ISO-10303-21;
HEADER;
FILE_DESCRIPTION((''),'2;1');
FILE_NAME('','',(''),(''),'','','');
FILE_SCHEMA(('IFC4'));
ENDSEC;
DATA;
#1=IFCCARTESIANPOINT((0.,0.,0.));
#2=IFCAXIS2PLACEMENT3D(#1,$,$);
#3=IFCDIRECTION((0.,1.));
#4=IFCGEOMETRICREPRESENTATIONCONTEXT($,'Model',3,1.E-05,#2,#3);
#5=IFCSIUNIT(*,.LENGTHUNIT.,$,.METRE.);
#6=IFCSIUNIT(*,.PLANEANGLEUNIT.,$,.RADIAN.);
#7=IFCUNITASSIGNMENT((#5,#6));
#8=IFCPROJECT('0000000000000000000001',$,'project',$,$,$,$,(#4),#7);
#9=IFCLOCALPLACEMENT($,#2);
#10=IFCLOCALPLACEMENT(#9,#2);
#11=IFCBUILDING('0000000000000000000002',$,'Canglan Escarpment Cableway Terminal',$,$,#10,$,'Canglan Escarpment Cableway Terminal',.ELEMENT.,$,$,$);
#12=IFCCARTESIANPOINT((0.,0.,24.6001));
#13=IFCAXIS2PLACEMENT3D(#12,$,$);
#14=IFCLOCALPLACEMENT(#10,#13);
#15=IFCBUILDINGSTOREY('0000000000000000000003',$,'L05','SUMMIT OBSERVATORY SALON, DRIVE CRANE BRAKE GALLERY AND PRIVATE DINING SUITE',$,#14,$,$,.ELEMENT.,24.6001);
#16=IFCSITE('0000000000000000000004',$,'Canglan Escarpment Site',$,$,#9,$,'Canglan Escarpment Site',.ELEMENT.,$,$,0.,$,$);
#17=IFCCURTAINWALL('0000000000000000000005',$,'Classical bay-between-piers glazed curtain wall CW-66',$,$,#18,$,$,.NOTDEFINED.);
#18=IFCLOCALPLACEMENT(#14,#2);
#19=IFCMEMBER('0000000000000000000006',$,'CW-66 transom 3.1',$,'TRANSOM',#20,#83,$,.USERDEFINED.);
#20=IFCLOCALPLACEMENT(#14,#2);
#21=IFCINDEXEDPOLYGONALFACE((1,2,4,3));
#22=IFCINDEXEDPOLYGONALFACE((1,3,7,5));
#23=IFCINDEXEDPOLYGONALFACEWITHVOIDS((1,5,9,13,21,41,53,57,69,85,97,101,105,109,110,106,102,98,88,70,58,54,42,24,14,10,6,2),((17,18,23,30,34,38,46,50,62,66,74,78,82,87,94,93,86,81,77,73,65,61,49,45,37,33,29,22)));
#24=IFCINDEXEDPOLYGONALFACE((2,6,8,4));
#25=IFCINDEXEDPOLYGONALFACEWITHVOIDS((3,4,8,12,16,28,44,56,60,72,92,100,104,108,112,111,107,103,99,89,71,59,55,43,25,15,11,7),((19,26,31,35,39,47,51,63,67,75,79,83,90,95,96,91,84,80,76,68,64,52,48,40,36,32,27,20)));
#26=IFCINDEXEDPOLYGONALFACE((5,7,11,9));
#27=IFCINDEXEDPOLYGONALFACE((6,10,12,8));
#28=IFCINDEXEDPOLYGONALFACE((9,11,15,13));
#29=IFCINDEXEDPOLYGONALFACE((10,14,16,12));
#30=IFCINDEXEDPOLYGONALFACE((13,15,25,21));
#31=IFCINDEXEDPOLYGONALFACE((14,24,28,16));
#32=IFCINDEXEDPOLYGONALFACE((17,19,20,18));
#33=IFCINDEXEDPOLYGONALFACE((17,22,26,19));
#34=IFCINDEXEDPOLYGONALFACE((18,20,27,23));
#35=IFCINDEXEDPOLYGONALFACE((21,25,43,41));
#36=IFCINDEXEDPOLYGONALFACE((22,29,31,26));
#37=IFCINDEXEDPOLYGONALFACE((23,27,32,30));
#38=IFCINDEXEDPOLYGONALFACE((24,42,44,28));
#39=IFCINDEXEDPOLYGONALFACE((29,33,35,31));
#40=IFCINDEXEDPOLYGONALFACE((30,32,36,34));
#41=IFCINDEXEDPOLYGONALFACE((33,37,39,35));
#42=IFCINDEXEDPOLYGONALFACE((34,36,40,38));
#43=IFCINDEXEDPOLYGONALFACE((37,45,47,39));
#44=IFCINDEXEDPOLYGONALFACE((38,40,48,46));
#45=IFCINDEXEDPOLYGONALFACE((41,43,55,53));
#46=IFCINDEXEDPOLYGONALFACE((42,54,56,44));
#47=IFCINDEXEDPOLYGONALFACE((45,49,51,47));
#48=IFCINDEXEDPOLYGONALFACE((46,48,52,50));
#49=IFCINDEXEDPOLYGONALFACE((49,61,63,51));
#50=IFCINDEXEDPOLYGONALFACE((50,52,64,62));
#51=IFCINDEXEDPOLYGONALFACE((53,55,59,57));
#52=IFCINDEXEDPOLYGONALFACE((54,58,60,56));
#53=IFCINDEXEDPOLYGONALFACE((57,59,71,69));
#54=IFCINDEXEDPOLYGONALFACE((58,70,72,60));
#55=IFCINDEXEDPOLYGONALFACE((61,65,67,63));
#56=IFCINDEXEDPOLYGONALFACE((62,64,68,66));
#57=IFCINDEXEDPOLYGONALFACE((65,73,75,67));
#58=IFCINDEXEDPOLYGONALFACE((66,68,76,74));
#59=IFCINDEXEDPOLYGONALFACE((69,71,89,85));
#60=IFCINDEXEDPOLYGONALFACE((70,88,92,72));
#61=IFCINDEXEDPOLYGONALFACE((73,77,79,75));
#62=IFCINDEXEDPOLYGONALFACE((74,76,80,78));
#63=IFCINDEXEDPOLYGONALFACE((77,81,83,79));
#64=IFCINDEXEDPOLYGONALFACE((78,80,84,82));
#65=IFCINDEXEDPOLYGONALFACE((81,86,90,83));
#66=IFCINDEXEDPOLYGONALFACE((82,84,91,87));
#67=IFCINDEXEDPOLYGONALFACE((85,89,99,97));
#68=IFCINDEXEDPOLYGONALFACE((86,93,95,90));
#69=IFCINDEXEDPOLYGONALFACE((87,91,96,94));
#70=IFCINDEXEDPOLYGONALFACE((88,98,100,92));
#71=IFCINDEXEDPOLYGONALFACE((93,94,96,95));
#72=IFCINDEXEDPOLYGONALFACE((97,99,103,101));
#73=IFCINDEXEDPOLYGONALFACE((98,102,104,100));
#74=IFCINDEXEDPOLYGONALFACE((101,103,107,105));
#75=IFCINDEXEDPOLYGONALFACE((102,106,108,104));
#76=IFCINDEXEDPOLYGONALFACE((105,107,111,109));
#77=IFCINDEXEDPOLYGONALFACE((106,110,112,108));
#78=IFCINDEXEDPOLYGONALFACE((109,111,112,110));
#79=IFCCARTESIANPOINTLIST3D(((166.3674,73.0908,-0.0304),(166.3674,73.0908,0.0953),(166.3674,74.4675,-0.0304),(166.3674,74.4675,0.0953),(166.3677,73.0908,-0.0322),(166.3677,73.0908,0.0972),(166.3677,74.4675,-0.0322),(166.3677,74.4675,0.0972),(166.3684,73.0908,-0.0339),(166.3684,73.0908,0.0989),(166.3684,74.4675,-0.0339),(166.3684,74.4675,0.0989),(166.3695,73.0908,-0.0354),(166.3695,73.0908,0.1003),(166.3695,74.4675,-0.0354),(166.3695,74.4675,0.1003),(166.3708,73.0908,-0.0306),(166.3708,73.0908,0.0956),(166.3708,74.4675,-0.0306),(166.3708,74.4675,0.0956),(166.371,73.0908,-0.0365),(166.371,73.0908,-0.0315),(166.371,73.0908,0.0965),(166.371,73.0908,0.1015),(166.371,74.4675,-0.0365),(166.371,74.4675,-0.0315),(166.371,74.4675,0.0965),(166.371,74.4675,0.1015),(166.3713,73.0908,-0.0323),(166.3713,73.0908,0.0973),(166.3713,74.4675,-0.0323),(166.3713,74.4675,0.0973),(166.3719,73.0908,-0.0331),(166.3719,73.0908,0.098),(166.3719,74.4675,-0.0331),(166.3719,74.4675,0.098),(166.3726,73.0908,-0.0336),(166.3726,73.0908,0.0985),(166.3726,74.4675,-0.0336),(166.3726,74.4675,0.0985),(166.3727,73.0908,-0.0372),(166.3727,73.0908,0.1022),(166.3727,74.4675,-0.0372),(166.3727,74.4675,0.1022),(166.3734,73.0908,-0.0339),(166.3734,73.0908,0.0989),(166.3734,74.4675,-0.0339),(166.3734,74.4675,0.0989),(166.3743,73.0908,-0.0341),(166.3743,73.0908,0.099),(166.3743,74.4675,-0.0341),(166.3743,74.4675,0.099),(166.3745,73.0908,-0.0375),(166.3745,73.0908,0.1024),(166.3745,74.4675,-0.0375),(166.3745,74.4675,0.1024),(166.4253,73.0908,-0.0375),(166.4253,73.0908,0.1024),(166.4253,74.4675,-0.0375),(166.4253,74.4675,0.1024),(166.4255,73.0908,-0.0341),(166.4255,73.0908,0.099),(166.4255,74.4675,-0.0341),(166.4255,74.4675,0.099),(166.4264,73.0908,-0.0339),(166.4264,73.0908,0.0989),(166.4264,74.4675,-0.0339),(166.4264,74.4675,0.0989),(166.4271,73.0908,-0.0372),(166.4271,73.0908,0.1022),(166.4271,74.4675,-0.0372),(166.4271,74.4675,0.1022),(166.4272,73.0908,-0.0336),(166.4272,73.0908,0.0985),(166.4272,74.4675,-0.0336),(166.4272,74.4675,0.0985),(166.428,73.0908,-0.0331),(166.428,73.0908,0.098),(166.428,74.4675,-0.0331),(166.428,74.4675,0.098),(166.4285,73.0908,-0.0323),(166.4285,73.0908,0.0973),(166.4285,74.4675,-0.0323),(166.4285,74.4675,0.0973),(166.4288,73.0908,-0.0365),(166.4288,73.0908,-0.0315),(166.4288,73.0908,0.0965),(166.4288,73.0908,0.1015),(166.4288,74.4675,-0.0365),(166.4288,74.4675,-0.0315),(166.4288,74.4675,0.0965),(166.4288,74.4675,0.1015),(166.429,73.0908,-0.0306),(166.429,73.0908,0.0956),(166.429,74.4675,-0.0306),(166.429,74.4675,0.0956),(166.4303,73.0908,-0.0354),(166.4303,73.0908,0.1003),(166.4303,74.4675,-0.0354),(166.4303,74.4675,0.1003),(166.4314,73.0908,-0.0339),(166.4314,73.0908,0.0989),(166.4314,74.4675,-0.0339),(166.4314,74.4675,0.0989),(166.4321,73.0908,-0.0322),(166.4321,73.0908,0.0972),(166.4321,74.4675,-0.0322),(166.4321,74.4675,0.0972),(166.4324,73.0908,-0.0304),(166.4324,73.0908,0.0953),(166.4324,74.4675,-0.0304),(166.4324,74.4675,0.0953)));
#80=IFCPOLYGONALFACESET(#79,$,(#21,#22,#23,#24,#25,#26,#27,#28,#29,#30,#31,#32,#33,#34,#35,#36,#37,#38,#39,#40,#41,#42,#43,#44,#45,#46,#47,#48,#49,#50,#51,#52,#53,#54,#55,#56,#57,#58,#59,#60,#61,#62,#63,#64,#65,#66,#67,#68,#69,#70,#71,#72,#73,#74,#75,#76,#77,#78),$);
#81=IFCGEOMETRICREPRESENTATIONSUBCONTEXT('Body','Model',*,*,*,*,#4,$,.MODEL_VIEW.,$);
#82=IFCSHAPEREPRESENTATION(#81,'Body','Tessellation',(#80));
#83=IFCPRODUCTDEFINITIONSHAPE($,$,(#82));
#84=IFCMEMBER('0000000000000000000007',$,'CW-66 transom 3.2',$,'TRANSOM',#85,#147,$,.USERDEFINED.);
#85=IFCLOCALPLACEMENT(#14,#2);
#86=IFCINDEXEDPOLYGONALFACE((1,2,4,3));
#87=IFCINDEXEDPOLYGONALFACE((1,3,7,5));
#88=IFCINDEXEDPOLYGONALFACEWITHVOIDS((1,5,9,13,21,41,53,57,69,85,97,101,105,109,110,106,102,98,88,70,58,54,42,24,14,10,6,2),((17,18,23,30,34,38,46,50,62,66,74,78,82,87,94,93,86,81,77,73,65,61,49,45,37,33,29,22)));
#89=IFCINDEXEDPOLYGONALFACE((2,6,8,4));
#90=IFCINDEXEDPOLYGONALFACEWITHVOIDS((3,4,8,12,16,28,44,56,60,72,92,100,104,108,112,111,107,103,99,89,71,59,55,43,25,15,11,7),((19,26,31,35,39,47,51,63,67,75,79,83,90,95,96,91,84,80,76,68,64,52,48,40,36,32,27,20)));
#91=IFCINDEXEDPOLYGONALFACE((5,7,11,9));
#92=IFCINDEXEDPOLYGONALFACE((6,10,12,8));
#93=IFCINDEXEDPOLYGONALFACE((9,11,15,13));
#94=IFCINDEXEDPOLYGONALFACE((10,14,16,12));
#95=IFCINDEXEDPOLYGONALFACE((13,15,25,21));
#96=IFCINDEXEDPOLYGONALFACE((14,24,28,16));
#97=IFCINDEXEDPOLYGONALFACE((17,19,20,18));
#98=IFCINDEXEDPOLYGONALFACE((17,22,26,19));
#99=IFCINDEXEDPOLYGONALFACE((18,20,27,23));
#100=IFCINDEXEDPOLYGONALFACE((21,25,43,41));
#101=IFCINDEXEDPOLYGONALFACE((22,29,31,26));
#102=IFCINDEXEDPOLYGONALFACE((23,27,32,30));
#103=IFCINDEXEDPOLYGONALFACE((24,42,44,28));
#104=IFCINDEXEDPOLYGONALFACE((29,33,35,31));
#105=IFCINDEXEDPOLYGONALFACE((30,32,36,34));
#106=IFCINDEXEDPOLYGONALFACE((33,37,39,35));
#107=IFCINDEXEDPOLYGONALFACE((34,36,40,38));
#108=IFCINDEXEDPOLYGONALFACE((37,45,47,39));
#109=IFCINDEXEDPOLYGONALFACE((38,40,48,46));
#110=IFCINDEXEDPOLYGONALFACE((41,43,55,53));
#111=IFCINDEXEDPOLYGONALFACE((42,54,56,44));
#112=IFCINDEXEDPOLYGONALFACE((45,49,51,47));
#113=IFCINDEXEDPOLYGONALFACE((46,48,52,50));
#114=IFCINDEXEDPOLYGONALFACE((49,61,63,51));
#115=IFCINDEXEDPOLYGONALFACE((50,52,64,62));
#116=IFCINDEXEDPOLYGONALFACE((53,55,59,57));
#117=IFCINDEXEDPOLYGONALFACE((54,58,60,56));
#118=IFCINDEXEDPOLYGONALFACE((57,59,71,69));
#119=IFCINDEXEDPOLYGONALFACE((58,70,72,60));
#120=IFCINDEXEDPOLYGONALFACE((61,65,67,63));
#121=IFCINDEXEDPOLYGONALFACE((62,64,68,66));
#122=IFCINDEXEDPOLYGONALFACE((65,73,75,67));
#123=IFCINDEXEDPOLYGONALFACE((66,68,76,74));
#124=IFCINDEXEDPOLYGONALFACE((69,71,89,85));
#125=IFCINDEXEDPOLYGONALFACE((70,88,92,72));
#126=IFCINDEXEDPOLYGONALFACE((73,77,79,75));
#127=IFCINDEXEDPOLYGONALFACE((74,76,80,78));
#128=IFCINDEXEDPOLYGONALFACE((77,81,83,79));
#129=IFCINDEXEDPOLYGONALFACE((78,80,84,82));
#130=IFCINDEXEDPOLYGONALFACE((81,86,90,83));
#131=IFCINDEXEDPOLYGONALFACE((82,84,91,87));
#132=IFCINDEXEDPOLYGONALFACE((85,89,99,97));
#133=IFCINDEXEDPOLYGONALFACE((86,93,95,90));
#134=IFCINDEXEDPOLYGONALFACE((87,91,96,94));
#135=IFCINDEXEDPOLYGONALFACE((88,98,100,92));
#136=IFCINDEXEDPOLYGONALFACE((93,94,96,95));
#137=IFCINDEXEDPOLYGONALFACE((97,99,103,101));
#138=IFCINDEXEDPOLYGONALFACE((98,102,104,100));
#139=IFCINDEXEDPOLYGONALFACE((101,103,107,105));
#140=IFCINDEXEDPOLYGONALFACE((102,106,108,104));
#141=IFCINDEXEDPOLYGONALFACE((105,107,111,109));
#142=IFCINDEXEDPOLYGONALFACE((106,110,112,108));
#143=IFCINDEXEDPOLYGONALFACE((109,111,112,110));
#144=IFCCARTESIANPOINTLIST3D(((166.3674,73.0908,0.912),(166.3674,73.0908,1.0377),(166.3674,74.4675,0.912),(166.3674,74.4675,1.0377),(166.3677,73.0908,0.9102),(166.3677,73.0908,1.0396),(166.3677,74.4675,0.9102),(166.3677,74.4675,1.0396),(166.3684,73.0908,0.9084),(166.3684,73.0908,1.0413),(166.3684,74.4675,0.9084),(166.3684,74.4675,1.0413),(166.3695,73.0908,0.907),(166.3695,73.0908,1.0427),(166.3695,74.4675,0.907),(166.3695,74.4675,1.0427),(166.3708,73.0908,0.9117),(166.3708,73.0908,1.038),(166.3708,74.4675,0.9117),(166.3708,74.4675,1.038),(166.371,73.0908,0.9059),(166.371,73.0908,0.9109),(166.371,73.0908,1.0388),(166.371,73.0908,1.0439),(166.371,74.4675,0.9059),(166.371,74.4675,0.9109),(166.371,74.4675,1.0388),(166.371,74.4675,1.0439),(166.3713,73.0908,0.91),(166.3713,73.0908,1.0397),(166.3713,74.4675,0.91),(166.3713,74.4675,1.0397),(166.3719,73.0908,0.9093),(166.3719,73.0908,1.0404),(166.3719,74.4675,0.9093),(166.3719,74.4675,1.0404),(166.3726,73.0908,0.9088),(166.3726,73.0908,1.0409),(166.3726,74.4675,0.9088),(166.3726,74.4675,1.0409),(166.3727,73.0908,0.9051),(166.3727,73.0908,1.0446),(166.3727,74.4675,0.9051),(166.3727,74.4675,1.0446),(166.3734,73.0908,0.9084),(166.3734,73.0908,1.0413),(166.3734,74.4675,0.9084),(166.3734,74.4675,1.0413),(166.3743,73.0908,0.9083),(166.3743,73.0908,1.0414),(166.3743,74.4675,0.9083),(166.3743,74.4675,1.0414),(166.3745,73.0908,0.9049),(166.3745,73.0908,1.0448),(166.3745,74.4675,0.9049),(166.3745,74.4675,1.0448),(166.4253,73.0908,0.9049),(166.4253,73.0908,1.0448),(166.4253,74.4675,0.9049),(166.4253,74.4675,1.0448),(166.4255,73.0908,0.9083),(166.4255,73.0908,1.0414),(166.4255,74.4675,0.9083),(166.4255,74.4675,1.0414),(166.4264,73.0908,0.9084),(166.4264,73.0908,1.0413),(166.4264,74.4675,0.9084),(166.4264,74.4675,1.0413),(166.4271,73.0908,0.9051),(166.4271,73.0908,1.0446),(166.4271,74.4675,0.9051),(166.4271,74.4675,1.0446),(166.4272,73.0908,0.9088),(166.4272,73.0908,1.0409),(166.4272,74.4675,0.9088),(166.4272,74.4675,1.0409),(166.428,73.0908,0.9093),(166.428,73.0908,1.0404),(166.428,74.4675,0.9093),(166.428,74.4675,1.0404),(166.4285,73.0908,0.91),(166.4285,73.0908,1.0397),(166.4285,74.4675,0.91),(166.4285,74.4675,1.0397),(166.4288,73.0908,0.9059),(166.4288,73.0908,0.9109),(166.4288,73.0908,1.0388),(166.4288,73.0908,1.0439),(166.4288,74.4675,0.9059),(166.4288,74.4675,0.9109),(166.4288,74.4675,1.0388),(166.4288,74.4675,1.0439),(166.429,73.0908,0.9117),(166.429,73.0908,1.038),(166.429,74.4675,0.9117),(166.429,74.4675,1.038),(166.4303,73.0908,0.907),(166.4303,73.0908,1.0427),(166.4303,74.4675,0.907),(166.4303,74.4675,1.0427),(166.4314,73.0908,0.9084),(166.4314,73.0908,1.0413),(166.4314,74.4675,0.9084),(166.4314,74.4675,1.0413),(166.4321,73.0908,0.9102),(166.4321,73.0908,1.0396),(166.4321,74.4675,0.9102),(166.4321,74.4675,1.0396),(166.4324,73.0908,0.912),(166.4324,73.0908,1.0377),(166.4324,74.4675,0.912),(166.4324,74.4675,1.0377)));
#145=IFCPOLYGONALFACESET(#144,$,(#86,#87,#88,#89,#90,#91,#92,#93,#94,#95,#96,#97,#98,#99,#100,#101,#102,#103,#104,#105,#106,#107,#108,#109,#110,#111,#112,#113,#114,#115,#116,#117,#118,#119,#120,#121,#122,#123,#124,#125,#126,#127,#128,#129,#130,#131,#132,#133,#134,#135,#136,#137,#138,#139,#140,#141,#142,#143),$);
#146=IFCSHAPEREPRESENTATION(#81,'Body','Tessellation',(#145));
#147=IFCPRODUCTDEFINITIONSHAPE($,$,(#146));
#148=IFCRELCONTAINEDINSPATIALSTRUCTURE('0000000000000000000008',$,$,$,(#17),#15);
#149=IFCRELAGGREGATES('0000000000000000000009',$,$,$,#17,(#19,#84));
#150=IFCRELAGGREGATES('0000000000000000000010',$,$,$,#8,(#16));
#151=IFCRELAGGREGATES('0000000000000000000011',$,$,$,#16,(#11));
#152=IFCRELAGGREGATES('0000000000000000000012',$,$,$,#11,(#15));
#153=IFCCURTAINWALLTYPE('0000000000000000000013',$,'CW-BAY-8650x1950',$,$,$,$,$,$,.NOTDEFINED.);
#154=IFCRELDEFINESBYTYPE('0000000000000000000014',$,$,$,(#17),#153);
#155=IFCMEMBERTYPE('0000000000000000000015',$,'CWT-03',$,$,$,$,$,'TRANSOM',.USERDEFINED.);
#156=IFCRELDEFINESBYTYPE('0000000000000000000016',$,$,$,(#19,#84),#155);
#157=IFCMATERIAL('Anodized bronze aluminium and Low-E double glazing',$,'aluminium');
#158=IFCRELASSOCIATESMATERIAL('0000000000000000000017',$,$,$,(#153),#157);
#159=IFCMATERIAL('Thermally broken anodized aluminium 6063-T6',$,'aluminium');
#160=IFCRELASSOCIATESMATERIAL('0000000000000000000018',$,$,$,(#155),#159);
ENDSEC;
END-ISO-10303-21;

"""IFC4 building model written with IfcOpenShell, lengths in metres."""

from ifc_helpers import new_model, si_unit, direction, frame, origin, origin_2d, place, context, subcontext, project, spatial, hollow_rectangle, extrude, material, material_profile, profile_set, type_object, element, aggregate, save


model = new_model("IFC4")

# Units and contexts
model_context = context("Model", 3, precision=1e-05, world=origin(), true_north=direction((0.0, 1.0)))
body_context = subcontext(model_context, "Body", "Model", "MODEL_VIEW")
ifc_project = project(units=[si_unit("LENGTHUNIT", "METRE"), si_unit("PLANEANGLEUNIT", "RADIAN")], contexts=[model_context])

# Site, building, storey
site_placement = place(None, origin())
site = spatial("IfcSite", under=ifc_project, at=site_placement, Name="Canglan Escarpment Site", LongName="Canglan Escarpment Site", CompositionType="ELEMENT", RefElevation=0.0)
building_placement = place(site_placement, origin())
building = spatial("IfcBuilding", under=site, at=building_placement, Name="Canglan Escarpment Cableway Terminal", LongName="Canglan Escarpment Cableway Terminal", CompositionType="ELEMENT")
storey_placement = place(building_placement, frame((0.0, 0.0, 24.6001)))
storey = spatial("IfcBuildingStorey", under=building, at=storey_placement, Name="L05", Description="SUMMIT OBSERVATORY SALON, DRIVE CRANE BRAKE GALLERY AND PRIVATE DINING SUITE", CompositionType="ELEMENT", Elevation=24.6001)

# Curtain wall
ifc_material_1 = material(Name="Anodized bronze aluminium and Low-E double glazing", Category="aluminium")
curtain_wall_type = type_object("IfcCurtainWallType", Name="CW-BAY-8650x1950", PredefinedType="NOTDEFINED", material=ifc_material_1)
ifc_material_2 = material(Name="Thermally broken anodized aluminium 6063-T6", Category="aluminium")
curtain_wall_1_placement = place(storey_placement, origin())
curtain_wall_1 = element("IfcCurtainWall", 1, at=curtain_wall_1_placement, inside=storey, type_object=curtain_wall_type, Name="Classical bay-between-piers glazed curtain wall CW-66", PredefinedType="NOTDEFINED")

# Members
ifc_material_profile_1 = material_profile(ifc_material_2, hollow_rectangle(XDim=0.0649, YDim=0.1399, WallThickness=0.0034, InnerFilletRadius=0.0034, OuterFilletRadius=0.0071, at=origin_2d()), Name="ALU-TRAN 65x140x3.5")
ifc_profile_set_1 = profile_set([ifc_material_profile_1], Name="Thermally broken anodized aluminium 6063-T6")
member_type_1 = type_object("IfcMemberType", Name="CWT-03", ElementType="TRANSOM", PredefinedType="USERDEFINED", material=ifc_profile_set_1)
member_1_placement = place(storey_placement, frame((166.3999, 73.0908, 0.0325), z_axis=(0.0, 1.0, 0.0), x_axis=(-1.0, 0.0, 0.0)))
member_1 = element("IfcMember", 2, at=member_1_placement, type_object=member_type_1, Name="CW-66 transom 3.1", ObjectType="TRANSOM", PredefinedType="USERDEFINED", context=body_context, shape_type="SweptSolid", body=[
    extrude(hollow_rectangle(XDim=0.0649, YDim=0.1399, WallThickness=0.0034, InnerFilletRadius=0.0034, OuterFilletRadius=0.0071, at=origin_2d()), origin(), (0.0, 0.0, 1.0), 1.3767),
])
member_2_placement = place(storey_placement, frame((166.3999, 73.0908, 0.9749), z_axis=(0.0, 1.0, 0.0), x_axis=(-1.0, 0.0, 0.0)))
member_2 = element("IfcMember", 3, at=member_2_placement, type_object=member_type_1, Name="CW-66 transom 3.2", ObjectType="TRANSOM", PredefinedType="USERDEFINED", context=body_context, shape_type="SweptSolid", body=[
    extrude(hollow_rectangle(XDim=0.0649, YDim=0.1399, WallThickness=0.0034, InnerFilletRadius=0.0034, OuterFilletRadius=0.0071, at=origin_2d()), origin(), (0.0, 0.0, 1.0), 1.3767),
])

aggregate(curtain_wall_1, [member_1, member_2])

save(model, "model.ifc")
